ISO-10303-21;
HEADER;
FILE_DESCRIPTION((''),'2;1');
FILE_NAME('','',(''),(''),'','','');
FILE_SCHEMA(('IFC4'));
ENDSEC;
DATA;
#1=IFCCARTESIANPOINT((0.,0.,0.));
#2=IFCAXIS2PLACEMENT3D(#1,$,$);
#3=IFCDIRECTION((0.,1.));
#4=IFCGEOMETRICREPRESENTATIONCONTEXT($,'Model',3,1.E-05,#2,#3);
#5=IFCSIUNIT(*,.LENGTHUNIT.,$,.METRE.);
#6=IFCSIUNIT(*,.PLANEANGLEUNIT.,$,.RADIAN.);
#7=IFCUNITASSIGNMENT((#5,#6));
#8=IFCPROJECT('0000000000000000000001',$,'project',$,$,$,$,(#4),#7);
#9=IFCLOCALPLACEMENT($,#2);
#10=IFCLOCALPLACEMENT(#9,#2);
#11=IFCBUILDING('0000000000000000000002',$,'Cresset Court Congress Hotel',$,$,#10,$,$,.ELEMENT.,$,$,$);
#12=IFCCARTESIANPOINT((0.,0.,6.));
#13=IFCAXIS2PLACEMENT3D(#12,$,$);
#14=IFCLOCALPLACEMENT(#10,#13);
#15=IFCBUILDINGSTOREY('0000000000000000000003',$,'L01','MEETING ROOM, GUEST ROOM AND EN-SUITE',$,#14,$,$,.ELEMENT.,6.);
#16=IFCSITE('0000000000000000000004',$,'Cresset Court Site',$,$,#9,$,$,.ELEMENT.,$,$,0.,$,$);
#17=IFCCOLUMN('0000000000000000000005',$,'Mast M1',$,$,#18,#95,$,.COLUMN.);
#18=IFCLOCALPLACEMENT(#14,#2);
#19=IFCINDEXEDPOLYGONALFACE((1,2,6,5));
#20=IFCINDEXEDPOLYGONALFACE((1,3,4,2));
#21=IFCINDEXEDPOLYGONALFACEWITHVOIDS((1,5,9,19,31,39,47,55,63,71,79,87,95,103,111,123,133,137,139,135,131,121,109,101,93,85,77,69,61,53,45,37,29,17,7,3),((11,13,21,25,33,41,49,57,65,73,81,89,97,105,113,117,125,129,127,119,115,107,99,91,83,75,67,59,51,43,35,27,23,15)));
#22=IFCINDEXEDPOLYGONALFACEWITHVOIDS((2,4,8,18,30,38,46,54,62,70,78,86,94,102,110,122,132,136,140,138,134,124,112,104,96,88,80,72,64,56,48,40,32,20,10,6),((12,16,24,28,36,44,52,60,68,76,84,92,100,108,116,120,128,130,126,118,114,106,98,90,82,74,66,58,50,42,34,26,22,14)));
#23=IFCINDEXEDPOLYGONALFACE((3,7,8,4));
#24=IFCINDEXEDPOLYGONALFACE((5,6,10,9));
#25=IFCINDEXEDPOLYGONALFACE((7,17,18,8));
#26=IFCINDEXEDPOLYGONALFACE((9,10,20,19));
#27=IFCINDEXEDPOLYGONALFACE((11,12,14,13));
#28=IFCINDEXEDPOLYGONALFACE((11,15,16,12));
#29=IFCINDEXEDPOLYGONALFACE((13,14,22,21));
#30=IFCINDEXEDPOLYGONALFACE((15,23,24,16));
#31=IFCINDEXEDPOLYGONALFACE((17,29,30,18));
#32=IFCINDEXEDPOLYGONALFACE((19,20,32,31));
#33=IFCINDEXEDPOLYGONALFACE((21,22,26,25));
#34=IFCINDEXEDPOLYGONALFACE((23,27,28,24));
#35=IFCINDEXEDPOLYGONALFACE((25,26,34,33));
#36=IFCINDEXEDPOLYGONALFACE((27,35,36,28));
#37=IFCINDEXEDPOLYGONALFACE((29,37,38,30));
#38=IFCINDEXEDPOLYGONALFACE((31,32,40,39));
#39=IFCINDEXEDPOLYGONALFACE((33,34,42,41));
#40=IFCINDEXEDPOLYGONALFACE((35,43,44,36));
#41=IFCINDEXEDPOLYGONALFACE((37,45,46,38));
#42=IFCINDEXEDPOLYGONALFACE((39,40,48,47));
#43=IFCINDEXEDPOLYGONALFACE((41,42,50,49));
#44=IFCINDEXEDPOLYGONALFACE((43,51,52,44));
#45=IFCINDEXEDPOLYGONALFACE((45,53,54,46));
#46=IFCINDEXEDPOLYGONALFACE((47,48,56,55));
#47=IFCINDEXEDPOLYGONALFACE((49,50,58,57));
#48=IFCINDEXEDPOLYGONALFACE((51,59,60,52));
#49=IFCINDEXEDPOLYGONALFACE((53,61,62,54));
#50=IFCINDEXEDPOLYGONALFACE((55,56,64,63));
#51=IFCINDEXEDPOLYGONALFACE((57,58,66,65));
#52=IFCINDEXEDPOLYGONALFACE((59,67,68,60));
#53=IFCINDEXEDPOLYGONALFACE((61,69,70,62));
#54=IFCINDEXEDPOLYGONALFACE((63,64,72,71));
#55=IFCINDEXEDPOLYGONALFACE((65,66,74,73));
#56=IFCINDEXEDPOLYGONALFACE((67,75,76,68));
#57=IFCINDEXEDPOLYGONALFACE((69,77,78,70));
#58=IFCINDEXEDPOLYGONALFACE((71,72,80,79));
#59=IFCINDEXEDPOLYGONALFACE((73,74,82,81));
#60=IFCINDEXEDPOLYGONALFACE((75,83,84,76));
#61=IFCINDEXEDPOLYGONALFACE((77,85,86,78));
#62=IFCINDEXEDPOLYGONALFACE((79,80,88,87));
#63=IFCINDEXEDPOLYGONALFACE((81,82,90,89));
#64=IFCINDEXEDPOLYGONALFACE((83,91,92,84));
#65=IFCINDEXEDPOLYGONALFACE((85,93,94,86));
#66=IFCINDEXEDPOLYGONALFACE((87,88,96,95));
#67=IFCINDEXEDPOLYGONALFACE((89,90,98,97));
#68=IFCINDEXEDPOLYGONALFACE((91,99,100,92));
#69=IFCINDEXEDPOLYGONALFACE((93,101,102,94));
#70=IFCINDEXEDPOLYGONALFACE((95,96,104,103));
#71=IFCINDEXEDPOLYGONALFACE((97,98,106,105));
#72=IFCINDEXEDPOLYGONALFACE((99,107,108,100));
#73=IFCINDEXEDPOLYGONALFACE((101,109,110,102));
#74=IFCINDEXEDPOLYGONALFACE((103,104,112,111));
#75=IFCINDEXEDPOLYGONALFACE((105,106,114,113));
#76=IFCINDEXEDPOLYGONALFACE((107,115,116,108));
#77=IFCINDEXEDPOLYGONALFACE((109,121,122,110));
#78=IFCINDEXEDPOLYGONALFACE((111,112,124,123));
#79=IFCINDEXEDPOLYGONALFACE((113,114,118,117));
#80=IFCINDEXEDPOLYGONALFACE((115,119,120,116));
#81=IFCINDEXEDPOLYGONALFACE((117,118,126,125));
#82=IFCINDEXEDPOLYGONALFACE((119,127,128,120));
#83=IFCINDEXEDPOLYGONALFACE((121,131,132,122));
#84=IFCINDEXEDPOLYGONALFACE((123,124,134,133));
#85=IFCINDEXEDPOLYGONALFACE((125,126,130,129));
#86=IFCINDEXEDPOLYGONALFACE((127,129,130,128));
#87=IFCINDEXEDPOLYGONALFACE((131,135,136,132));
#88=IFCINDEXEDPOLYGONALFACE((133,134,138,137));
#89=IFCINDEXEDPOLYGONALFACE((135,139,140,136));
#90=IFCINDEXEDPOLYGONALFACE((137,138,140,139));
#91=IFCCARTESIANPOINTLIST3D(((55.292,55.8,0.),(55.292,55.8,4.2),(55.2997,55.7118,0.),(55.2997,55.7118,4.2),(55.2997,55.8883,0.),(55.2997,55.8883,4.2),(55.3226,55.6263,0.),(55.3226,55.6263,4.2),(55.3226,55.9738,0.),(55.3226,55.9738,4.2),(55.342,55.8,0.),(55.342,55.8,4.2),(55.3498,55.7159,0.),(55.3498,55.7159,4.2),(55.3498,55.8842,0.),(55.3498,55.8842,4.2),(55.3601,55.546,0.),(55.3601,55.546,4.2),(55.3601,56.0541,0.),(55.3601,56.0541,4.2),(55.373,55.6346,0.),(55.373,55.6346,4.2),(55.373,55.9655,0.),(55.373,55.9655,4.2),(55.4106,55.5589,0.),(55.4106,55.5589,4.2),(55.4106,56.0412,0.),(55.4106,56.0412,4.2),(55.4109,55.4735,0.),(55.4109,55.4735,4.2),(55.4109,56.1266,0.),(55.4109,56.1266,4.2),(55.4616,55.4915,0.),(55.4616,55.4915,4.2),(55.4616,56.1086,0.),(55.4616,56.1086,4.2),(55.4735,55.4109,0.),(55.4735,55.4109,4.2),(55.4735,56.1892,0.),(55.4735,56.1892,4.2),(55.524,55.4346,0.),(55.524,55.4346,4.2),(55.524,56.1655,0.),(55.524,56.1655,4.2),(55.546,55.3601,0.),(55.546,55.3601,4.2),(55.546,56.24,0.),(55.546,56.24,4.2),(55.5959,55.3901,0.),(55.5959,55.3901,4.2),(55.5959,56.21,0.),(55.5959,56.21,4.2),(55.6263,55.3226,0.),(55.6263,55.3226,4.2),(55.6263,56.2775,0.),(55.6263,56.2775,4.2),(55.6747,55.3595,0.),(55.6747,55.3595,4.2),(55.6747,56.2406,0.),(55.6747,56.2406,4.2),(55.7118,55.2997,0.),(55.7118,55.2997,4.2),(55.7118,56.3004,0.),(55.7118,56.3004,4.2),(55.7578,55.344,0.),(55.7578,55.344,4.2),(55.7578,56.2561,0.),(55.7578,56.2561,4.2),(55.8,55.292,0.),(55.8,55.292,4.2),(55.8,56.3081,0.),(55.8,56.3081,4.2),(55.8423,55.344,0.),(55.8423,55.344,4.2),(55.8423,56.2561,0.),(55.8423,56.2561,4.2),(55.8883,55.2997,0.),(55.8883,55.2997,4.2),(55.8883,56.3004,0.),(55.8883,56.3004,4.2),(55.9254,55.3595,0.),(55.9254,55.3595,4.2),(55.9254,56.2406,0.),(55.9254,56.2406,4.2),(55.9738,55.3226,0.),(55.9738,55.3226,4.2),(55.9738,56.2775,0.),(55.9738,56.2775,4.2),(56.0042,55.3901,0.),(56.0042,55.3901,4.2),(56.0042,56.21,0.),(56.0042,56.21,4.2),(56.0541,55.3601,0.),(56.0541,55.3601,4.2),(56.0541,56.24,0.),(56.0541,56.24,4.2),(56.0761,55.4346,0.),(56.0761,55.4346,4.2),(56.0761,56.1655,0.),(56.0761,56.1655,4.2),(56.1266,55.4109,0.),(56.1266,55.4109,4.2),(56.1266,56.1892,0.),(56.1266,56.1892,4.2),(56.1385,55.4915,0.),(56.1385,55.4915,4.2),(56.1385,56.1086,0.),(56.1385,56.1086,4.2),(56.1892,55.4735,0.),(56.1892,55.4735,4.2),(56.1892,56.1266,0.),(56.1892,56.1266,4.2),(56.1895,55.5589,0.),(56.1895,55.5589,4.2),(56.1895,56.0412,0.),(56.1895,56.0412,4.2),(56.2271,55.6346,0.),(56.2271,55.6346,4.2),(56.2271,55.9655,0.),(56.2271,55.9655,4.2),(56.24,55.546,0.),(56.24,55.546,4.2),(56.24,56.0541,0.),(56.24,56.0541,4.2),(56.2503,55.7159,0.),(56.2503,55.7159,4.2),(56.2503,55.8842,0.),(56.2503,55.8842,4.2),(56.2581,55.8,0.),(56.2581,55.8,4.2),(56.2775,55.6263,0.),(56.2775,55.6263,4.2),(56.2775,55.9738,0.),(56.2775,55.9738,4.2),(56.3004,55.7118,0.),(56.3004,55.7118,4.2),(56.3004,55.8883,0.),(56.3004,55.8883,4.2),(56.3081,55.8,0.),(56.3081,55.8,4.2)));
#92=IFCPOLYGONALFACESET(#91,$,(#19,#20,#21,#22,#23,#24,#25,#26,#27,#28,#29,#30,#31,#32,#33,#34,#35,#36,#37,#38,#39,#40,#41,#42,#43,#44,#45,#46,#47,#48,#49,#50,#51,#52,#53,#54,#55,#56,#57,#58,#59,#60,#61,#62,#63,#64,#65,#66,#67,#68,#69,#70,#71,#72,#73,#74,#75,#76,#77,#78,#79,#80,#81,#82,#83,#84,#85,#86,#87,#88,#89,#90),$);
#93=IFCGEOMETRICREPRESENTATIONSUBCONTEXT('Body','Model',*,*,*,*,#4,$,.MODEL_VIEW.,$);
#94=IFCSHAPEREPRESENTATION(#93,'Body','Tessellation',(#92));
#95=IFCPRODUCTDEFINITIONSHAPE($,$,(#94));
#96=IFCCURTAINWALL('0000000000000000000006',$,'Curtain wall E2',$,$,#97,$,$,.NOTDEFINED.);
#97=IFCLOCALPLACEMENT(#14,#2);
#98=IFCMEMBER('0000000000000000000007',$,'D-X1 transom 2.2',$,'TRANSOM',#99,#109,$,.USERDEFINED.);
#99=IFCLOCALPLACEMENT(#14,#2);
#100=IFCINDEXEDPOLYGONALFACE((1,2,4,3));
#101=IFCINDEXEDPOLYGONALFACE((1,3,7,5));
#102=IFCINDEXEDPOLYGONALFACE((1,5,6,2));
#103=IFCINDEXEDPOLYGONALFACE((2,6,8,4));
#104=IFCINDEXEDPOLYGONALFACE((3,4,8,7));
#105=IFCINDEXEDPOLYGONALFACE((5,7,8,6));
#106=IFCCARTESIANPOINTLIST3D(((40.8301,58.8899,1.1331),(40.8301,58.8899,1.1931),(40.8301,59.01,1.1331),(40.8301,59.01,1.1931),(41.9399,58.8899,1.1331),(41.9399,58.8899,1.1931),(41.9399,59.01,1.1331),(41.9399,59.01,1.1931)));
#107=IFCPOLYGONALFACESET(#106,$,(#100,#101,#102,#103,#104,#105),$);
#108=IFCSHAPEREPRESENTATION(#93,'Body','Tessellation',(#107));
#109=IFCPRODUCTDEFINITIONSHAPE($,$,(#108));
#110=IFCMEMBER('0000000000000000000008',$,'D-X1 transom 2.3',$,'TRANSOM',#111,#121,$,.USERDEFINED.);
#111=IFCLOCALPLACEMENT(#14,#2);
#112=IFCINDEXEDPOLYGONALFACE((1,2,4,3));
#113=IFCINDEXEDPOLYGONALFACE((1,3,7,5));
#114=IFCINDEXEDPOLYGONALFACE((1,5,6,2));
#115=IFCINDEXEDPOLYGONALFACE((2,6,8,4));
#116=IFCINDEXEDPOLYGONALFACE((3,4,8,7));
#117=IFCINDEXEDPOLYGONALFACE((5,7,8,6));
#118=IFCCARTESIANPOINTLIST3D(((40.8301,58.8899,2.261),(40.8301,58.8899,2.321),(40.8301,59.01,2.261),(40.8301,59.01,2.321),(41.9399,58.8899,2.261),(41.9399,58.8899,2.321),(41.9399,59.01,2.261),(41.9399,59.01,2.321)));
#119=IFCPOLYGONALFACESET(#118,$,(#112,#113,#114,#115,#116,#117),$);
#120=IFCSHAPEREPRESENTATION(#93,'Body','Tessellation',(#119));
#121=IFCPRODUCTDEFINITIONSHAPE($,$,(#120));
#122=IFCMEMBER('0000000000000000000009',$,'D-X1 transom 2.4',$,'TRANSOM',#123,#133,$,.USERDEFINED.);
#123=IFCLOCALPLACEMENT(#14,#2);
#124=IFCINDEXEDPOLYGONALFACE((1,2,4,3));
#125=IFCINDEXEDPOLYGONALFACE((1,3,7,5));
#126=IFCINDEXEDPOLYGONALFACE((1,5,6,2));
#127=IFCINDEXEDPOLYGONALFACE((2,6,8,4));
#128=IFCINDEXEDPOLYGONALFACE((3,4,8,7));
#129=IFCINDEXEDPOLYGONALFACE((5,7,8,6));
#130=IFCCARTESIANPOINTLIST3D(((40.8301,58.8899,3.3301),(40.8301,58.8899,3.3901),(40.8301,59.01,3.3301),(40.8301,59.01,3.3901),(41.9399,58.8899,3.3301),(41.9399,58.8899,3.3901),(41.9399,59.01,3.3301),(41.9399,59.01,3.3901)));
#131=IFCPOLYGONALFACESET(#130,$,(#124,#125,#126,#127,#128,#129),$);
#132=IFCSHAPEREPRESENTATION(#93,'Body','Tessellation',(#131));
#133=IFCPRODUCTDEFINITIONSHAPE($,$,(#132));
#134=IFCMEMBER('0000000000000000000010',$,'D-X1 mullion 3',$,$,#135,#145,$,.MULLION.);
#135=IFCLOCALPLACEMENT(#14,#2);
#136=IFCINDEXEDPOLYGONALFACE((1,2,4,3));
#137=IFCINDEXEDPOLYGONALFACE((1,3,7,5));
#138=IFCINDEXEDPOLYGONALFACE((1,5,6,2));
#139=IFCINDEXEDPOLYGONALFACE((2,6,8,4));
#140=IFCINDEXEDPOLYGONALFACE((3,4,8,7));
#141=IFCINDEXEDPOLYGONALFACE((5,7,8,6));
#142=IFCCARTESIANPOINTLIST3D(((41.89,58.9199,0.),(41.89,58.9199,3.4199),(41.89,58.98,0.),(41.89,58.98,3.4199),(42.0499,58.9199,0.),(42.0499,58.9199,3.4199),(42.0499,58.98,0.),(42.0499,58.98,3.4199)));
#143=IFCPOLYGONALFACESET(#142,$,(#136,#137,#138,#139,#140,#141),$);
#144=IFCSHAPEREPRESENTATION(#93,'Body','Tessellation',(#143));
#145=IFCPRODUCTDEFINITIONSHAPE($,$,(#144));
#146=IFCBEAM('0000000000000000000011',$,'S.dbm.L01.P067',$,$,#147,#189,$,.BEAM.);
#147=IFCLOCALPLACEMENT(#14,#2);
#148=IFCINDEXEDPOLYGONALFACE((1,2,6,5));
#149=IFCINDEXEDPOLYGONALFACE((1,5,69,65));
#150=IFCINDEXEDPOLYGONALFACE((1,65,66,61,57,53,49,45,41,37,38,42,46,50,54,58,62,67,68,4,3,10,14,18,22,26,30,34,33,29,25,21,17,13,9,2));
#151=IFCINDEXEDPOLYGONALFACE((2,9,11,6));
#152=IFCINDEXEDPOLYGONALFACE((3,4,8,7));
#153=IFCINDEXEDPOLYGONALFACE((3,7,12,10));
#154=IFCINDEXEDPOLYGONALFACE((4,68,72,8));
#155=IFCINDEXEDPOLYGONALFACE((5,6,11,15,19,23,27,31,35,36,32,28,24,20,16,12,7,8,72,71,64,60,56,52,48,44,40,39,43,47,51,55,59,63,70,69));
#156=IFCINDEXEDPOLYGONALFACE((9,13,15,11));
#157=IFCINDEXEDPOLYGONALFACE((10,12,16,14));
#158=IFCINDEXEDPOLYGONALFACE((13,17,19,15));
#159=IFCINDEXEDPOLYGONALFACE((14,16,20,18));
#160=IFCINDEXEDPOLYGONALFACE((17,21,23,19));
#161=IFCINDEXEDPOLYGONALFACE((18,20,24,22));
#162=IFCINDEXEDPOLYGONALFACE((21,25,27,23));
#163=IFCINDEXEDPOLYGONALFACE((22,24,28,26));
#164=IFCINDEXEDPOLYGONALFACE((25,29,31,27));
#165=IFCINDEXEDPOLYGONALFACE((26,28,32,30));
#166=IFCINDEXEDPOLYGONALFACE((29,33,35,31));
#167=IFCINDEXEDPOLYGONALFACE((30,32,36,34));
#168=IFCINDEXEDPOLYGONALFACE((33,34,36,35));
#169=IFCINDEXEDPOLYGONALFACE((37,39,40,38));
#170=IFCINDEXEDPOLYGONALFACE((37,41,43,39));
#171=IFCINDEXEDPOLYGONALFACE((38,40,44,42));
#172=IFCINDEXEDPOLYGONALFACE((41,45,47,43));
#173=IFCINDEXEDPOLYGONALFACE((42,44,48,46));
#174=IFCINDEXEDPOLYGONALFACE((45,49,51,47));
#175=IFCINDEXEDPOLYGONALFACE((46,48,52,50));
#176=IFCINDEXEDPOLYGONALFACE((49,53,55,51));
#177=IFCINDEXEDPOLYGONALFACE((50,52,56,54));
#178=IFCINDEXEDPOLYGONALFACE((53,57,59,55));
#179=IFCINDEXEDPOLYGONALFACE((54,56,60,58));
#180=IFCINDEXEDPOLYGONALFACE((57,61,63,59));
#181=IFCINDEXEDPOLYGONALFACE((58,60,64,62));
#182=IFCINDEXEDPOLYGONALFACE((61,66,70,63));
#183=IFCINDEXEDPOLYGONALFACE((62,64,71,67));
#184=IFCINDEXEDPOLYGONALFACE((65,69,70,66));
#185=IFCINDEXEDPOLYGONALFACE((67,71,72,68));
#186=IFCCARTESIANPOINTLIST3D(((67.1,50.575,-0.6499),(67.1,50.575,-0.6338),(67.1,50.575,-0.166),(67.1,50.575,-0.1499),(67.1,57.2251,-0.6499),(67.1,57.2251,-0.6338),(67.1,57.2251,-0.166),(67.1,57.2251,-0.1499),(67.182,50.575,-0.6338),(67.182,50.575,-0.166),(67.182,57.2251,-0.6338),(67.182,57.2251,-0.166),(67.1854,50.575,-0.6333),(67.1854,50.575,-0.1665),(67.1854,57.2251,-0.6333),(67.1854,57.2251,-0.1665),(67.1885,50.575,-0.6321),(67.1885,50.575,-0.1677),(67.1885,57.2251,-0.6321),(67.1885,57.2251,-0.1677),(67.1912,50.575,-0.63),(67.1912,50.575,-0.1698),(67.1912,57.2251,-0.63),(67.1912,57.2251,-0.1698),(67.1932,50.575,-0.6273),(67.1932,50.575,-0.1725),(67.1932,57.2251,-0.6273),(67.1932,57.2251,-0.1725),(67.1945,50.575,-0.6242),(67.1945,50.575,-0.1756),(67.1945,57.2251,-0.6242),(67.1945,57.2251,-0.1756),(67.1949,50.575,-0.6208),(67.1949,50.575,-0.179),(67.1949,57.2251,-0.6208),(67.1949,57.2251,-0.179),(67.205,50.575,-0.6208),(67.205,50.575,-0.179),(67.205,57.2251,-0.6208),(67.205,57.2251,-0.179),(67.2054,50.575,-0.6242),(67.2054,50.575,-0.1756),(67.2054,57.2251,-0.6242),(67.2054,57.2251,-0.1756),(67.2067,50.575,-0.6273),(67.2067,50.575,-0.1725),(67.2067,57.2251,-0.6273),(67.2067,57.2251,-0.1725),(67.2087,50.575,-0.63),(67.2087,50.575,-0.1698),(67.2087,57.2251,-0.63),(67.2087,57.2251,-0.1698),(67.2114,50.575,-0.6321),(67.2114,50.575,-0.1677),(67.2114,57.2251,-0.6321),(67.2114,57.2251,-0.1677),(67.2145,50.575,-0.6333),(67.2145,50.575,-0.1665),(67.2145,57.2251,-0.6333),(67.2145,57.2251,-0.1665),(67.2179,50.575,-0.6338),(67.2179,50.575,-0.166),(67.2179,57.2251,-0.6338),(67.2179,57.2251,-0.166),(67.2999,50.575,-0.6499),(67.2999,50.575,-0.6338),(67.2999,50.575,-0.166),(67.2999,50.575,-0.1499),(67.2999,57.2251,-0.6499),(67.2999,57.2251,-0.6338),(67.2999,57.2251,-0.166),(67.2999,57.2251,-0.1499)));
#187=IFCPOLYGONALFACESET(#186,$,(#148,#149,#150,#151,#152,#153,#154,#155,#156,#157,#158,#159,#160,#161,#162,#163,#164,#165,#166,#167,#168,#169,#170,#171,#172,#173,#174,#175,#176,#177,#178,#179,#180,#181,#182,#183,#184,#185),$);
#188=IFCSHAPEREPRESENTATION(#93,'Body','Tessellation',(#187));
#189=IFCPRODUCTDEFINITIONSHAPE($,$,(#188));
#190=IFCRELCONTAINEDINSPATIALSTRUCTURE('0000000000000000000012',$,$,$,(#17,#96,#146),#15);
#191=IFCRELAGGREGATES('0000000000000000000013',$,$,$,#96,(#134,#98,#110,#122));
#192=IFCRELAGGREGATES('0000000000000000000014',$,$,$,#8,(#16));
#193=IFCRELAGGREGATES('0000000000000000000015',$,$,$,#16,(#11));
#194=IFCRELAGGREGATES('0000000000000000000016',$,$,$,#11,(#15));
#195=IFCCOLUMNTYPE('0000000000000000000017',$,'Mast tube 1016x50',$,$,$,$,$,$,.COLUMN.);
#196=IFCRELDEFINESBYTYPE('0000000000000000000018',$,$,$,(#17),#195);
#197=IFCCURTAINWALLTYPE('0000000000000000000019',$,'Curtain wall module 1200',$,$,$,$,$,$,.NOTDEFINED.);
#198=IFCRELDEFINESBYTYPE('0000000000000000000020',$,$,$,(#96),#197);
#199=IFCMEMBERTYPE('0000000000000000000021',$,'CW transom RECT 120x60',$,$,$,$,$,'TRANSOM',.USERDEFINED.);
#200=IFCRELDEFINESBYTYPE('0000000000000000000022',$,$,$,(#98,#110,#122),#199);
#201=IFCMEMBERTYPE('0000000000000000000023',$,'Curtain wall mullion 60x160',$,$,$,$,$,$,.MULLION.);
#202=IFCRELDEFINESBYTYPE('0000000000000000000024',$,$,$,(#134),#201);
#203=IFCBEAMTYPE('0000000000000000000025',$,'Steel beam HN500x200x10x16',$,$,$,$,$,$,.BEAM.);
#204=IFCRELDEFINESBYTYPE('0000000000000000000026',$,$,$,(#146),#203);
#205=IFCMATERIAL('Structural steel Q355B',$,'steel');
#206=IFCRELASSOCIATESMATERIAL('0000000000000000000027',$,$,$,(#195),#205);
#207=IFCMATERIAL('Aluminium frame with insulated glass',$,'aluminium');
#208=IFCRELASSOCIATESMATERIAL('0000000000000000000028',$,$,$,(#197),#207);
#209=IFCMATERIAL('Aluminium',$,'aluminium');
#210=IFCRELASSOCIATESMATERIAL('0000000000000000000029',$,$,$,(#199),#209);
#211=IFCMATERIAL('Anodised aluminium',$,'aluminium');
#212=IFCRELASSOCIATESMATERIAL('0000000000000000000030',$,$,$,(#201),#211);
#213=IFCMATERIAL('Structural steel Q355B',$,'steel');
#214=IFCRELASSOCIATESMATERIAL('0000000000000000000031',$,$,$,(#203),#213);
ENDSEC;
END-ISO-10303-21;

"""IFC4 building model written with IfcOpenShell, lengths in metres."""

from ifc_helpers import new_model, si_unit, direction, frame, origin, origin_2d, place, context, subcontext, project, spatial, rectangle, hollow_circle, i_section, extrude, material, material_profile, profile_set, type_object, element, aggregate, save


model = new_model("IFC4")

# Units and contexts
model_context = context("Model", 3, precision=1e-05, world=origin(), true_north=direction((0.0, 1.0)))
body_context = subcontext(model_context, "Body", "Model", "MODEL_VIEW")
ifc_project = project(units=[si_unit("LENGTHUNIT", "METRE"), si_unit("PLANEANGLEUNIT", "RADIAN")], contexts=[model_context])

# Site, building, storey
site_placement = place(None, origin())
site = spatial("IfcSite", under=ifc_project, at=site_placement, Name="Cresset Court Site", CompositionType="ELEMENT", RefElevation=0.0)
building_placement = place(site_placement, origin())
building = spatial("IfcBuilding", under=site, at=building_placement, Name="Cresset Court Congress Hotel", CompositionType="ELEMENT")
storey_placement = place(building_placement, frame((0.0, 0.0, 6.0)))
storey = spatial("IfcBuildingStorey", under=building, at=storey_placement, Name="L01", Description="MEETING ROOM, GUEST ROOM AND EN-SUITE", CompositionType="ELEMENT", Elevation=6.0)

# Column
ifc_material_1 = material(Name="Structural steel Q355B", Category="steel")
ifc_material_profile_1 = material_profile(ifc_material_1, hollow_circle(Radius=0.5081, WallThickness=0.05, at=origin_2d()), Name="CHS1016x50")
ifc_profile_set_1 = profile_set([ifc_material_profile_1], Name="Structural steel Q355B")
column_type = type_object("IfcColumnType", Name="Mast tube 1016x50", PredefinedType="COLUMN", material=ifc_profile_set_1)
column_placement = place(storey_placement, frame((55.8, 55.8, 0.0), z_axis=(0.0, 0.0, 1.0), x_axis=(1.0, 0.0, 0.0)))
element("IfcColumn", 1, at=column_placement, inside=storey, type_object=column_type, Name="Mast M1", PredefinedType="COLUMN", context=body_context, shape_type="SweptSolid", body=[
    extrude(hollow_circle(Radius=0.5081, WallThickness=0.05, at=origin_2d()), origin(), (0.0, 0.0, 1.0), 4.2),
])

# Curtain wall, members
ifc_material_2 = material(Name="Aluminium frame with insulated glass", Category="aluminium")
curtain_wall_type = type_object("IfcCurtainWallType", Name="Curtain wall module 1200", PredefinedType="NOTDEFINED", material=ifc_material_2)
curtain_wall_placement = place(storey_placement, origin())
curtain_wall = element("IfcCurtainWall", 2, at=curtain_wall_placement, inside=storey, type_object=curtain_wall_type, Name="Curtain wall E2", PredefinedType="NOTDEFINED")
ifc_material_3 = material(Name="Aluminium", Category="aluminium")
ifc_material_profile_2 = material_profile(ifc_material_3, rectangle(XDim=0.1201, YDim=0.0601, at=origin_2d()), Name="AL 120x60")
ifc_profile_set_2 = profile_set([ifc_material_profile_2], Name="Aluminium")
member_type_1 = type_object("IfcMemberType", Name="CW transom RECT 120x60", ElementType="TRANSOM", PredefinedType="USERDEFINED", material=ifc_profile_set_2)
member_1_placement = place(storey_placement, frame((40.8301, 58.95, 1.1631), z_axis=(1.0, 0.0, 0.0), x_axis=(0.0, 1.0, 0.0)))
member_1 = element("IfcMember", 3, at=member_1_placement, type_object=member_type_1, Name="D-X1 transom 2.2", ObjectType="TRANSOM", PredefinedType="USERDEFINED", context=body_context, shape_type="SweptSolid", body=[
    extrude(rectangle(XDim=0.1201, YDim=0.0601, at=origin_2d()), origin(), (0.0, 0.0, 1.0), 1.1099),
])
member_2_placement = place(storey_placement, frame((40.8301, 58.95, 2.291), z_axis=(1.0, 0.0, 0.0), x_axis=(0.0, 1.0, 0.0)))
member_2 = element("IfcMember", 4, at=member_2_placement, type_object=member_type_1, Name="D-X1 transom 2.3", ObjectType="TRANSOM", PredefinedType="USERDEFINED", context=body_context, shape_type="SweptSolid", body=[
    extrude(rectangle(XDim=0.1201, YDim=0.0601, at=origin_2d()), origin(), (0.0, 0.0, 1.0), 1.1099),
])
member_3_placement = place(storey_placement, frame((40.8301, 58.95, 3.3601), z_axis=(1.0, 0.0, 0.0), x_axis=(0.0, 1.0, 0.0)))
member_3 = element("IfcMember", 5, at=member_3_placement, type_object=member_type_1, Name="D-X1 transom 2.4", ObjectType="TRANSOM", PredefinedType="USERDEFINED", context=body_context, shape_type="SweptSolid", body=[
    extrude(rectangle(XDim=0.1201, YDim=0.0601, at=origin_2d()), origin(), (0.0, 0.0, 1.0), 1.1099),
])
ifc_material_4 = material(Name="Anodised aluminium", Category="aluminium")
ifc_material_profile_3 = material_profile(ifc_material_4, rectangle(XDim=0.0601, YDim=0.1599, at=origin_2d()), Name="AL60x160")
ifc_profile_set_3 = profile_set([ifc_material_profile_3], Name="Anodised aluminium")
member_type_2 = type_object("IfcMemberType", Name="Curtain wall mullion 60x160", PredefinedType="MULLION", material=ifc_profile_set_3)
member_4_placement = place(storey_placement, frame((41.97, 58.95, 0.0), z_axis=(0.0, 0.0, 1.0), x_axis=(0.0, 1.0, 0.0)))
member_4 = element("IfcMember", 6, at=member_4_placement, type_object=member_type_2, Name="D-X1 mullion 3", PredefinedType="MULLION", context=body_context, shape_type="SweptSolid", body=[
    extrude(rectangle(XDim=0.0601, YDim=0.1599, at=origin_2d()), origin(), (0.0, 0.0, 1.0), 3.4199),
])

# Beam
ifc_material_5 = material(Name="Structural steel Q355B", Category="steel")
ifc_material_profile_4 = material_profile(ifc_material_5, i_section(OverallWidth=0.2, OverallDepth=0.5, WebThickness=0.01, FlangeThickness=0.0161, FilletRadius=0.0129, at=origin_2d()), Name="HN500x200x10x16")
ifc_profile_set_4 = profile_set([ifc_material_profile_4], Name="Structural steel Q355B")
beam_type = type_object("IfcBeamType", Name="Steel beam HN500x200x10x16", PredefinedType="BEAM", material=ifc_profile_set_4)
for number, where, z_axis, x_axis, name in (
    (7, (67.2, 50.575, -0.3999), (0.0, 1.0, 0.0), (-1.0, 0.0, 0.0), "S.dbm.L01.P067"),
):
    element("IfcBeam", number, at=place(storey_placement, frame(where, z_axis=z_axis, x_axis=x_axis)), inside=storey, type_object=beam_type, Name=name, PredefinedType="BEAM", context=body_context, shape_type="SweptSolid", body=[
        extrude(i_section(OverallWidth=0.2, OverallDepth=0.5, WebThickness=0.01, FlangeThickness=0.0161, FilletRadius=0.0129, at=origin_2d()), origin(), (0.0, 0.0, 1.0), 6.6501),
    ])

aggregate(curtain_wall, [member_4, member_1, member_2, member_3])

save(model, "model.ifc")
